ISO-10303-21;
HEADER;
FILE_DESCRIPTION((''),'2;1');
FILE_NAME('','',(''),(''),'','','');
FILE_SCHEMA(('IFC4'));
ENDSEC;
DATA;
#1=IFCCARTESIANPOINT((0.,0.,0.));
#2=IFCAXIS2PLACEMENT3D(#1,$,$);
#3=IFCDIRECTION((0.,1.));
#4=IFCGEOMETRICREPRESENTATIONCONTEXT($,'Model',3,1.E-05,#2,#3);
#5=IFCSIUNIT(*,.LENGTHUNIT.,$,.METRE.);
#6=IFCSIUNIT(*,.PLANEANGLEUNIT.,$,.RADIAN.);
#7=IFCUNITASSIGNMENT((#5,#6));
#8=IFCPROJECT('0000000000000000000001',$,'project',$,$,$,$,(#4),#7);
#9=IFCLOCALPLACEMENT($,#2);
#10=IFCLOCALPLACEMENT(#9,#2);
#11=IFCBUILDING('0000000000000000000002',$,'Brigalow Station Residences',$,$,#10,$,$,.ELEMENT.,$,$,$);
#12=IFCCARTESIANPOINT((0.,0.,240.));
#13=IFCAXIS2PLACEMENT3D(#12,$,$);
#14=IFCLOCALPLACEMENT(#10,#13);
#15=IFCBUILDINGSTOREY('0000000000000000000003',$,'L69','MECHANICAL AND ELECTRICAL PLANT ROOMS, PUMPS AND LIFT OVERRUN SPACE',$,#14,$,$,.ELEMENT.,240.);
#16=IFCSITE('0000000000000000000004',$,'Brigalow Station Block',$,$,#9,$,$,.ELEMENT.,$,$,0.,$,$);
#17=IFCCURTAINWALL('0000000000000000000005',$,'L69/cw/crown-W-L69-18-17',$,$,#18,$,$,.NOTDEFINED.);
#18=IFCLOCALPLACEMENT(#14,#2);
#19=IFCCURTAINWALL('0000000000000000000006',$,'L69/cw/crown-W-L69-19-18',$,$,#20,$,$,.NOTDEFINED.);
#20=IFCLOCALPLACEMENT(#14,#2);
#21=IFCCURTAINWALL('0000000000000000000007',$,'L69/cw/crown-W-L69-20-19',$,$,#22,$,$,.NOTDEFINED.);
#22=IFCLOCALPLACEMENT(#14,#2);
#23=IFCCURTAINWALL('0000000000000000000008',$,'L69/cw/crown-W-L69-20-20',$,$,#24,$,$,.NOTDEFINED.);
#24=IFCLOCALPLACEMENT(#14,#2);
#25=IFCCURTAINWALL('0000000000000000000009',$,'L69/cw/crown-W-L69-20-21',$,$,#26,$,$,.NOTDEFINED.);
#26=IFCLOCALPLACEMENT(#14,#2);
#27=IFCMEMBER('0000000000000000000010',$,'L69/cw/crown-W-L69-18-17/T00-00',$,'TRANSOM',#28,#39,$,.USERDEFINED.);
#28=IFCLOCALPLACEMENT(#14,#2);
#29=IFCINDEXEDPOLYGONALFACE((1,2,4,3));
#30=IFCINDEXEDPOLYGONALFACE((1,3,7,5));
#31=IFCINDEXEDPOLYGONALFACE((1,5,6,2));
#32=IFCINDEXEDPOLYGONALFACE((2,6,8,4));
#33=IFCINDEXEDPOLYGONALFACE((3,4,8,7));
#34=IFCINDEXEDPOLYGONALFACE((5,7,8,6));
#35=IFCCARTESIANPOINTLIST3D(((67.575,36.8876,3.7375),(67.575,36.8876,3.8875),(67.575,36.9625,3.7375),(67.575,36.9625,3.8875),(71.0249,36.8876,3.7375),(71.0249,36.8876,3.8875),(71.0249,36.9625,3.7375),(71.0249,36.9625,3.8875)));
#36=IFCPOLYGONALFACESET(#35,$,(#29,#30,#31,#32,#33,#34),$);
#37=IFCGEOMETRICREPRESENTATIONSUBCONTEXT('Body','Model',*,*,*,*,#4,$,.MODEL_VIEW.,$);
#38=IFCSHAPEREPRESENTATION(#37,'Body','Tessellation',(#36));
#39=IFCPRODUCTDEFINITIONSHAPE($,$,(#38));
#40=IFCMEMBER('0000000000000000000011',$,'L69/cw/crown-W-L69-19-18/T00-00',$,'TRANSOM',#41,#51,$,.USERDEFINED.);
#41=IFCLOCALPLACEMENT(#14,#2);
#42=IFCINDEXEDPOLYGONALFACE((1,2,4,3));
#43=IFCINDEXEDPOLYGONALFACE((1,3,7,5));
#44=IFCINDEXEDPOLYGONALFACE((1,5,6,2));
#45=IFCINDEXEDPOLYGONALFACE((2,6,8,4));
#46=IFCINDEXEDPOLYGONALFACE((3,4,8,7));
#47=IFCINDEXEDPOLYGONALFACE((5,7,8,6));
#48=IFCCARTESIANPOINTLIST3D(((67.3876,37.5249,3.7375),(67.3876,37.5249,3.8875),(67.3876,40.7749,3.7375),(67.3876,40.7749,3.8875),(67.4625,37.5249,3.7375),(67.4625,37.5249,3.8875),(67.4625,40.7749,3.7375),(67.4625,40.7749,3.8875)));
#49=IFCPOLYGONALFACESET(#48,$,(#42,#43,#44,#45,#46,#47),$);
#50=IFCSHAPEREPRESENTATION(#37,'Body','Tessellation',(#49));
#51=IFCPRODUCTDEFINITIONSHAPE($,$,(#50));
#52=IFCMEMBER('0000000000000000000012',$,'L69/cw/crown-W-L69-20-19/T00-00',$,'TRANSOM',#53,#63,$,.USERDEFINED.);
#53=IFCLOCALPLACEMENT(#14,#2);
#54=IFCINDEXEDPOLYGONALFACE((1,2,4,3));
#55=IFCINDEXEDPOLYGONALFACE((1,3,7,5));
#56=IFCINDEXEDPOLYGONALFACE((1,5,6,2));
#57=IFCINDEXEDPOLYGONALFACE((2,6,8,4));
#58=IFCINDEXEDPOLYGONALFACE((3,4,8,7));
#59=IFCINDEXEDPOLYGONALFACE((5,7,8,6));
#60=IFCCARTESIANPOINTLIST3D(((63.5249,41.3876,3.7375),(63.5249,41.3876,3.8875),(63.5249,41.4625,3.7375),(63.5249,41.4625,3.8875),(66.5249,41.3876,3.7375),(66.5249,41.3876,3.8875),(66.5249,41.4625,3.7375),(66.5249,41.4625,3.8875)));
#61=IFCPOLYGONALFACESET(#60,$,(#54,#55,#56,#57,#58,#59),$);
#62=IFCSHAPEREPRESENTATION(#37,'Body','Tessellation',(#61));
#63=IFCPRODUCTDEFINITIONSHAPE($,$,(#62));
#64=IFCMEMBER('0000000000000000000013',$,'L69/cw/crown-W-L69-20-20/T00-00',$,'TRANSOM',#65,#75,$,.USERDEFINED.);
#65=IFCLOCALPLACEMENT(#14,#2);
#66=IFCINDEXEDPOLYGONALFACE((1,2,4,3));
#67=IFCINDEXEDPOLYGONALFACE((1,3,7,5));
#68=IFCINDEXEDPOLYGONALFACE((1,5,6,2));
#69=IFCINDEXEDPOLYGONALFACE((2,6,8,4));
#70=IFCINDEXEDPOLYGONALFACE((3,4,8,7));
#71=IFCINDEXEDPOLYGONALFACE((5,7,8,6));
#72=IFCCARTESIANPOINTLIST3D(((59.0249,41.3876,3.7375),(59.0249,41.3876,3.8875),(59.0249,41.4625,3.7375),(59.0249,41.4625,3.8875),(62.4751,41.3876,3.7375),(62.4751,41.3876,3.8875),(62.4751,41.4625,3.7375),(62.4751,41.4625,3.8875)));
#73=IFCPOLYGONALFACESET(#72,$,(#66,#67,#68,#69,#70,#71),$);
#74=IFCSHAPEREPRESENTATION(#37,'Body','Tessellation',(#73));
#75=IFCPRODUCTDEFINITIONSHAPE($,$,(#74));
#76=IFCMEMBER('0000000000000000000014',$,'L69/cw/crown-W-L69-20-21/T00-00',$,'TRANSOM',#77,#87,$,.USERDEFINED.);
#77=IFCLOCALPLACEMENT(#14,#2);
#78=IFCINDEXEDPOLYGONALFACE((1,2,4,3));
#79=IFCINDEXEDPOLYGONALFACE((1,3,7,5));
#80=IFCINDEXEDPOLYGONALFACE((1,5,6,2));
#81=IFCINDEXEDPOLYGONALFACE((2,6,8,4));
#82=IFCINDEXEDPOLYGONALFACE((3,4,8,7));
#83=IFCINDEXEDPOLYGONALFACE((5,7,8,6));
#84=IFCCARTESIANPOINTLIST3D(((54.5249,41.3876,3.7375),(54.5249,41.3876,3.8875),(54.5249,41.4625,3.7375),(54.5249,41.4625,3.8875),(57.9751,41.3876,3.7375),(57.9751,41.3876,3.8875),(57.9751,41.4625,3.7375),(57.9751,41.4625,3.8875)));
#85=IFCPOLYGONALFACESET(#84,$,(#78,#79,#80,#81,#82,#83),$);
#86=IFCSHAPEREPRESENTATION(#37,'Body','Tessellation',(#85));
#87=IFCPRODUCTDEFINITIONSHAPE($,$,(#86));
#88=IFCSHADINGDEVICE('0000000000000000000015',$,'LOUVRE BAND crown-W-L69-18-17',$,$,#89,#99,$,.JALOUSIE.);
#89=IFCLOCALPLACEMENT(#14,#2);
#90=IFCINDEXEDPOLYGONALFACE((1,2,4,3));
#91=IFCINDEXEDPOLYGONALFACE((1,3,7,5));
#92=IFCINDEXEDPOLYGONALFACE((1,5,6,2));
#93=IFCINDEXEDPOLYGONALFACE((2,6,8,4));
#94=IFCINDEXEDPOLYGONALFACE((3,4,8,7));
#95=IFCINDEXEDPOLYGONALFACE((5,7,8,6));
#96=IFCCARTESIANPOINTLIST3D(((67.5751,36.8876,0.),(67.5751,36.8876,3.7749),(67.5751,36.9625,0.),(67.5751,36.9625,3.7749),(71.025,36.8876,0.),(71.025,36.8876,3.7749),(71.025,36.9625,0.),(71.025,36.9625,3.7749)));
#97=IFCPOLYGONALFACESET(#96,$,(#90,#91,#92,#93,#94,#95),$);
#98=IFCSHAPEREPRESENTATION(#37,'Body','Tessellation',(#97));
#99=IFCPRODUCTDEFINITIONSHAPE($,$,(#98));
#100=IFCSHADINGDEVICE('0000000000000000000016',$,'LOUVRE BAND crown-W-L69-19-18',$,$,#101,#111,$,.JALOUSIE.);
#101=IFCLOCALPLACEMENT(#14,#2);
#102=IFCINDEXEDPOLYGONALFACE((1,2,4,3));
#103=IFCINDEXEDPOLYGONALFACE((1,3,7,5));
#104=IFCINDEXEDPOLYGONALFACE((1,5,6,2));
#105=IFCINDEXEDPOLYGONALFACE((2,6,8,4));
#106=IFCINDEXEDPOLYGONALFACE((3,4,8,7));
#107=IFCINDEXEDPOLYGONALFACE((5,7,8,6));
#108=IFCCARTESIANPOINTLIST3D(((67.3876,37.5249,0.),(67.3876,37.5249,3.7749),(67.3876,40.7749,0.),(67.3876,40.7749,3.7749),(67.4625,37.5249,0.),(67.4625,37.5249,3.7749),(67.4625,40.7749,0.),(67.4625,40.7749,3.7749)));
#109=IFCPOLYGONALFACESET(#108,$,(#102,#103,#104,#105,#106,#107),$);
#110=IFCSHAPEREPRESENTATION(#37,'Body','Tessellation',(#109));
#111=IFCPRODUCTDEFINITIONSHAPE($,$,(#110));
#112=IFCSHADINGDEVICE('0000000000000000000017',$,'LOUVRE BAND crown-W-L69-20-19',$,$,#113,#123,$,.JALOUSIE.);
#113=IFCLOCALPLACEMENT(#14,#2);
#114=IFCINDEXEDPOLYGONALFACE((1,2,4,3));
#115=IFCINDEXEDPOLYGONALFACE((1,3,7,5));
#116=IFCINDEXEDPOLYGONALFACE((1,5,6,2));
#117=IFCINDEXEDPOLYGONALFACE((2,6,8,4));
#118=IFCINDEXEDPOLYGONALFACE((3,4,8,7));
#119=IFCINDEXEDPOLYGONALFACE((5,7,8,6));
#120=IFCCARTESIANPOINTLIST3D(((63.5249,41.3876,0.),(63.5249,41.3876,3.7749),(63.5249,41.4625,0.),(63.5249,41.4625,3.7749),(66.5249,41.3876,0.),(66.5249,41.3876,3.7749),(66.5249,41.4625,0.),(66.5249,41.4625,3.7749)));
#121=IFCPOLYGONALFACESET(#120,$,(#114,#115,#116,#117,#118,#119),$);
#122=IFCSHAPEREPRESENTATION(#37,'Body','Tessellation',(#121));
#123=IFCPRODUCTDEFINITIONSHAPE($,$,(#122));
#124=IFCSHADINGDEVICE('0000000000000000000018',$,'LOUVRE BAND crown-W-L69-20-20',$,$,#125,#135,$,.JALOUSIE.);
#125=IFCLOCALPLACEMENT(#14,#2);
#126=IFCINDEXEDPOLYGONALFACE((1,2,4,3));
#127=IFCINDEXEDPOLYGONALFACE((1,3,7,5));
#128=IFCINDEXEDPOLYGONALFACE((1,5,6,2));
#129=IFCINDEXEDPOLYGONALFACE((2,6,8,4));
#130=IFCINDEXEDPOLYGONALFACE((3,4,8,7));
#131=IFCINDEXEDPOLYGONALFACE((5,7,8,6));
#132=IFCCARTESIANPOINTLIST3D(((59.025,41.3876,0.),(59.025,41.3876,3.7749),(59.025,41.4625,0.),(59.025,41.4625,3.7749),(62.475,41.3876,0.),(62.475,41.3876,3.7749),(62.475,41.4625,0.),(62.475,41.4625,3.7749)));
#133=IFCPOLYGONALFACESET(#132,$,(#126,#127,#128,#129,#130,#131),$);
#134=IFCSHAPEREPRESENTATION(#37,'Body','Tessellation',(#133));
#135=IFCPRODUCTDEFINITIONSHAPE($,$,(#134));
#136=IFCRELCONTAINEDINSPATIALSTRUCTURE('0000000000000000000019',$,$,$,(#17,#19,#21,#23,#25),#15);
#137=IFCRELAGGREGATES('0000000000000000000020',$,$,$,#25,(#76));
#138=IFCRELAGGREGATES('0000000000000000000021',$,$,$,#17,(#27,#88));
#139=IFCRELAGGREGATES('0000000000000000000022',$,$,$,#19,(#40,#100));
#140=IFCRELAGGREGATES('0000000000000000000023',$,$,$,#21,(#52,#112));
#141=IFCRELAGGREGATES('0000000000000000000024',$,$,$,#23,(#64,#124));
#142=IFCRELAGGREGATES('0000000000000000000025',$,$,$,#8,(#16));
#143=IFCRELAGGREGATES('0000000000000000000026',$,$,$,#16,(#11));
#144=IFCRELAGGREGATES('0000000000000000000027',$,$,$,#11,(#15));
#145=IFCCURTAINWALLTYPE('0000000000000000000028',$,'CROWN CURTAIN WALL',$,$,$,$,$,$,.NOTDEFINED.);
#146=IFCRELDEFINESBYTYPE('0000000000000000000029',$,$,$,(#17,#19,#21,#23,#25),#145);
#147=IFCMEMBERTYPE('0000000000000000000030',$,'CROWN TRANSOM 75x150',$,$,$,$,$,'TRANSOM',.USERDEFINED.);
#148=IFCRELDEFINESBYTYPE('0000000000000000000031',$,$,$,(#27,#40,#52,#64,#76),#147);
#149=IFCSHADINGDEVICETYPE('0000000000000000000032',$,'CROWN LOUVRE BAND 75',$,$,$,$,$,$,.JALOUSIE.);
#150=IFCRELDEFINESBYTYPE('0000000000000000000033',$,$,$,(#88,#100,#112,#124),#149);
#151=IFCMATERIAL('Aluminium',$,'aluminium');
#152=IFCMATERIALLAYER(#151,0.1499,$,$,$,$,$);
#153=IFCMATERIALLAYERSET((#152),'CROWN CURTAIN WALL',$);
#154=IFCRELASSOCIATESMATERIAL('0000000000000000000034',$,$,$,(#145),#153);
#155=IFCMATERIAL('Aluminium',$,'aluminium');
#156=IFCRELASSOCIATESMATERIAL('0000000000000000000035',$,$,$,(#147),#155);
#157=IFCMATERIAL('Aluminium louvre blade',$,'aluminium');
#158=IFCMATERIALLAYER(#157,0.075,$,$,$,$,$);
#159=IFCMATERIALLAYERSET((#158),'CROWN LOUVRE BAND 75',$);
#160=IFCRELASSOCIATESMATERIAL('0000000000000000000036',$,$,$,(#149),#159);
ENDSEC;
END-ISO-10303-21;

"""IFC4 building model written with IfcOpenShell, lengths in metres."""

from ifc_helpers import new_model, si_unit, direction, frame, origin, origin_2d, place, context, subcontext, project, spatial, rectangle, extrude, material, layer, layer_set, material_profile, profile_set, type_object, element, aggregate, save


model = new_model("IFC4")

# Units and contexts
model_context = context("Model", 3, precision=1e-05, world=origin(), true_north=direction((0.0, 1.0)))
body_context = subcontext(model_context, "Body", "Model", "MODEL_VIEW")
ifc_project = project(units=[si_unit("LENGTHUNIT", "METRE"), si_unit("PLANEANGLEUNIT", "RADIAN")], contexts=[model_context])

# Site, building, storey
site_placement = place(None, origin())
site = spatial("IfcSite", under=ifc_project, at=site_placement, Name="Brigalow Station Block", CompositionType="ELEMENT", RefElevation=0.0)
building_placement = place(site_placement, origin())
building = spatial("IfcBuilding", under=site, at=building_placement, Name="Brigalow Station Residences", CompositionType="ELEMENT")
storey_placement = place(building_placement, frame((0.0, 0.0, 240.0)))
storey = spatial("IfcBuildingStorey", under=building, at=storey_placement, Name="L69", Description="MECHANICAL AND ELECTRICAL PLANT ROOMS, PUMPS AND LIFT OVERRUN SPACE", CompositionType="ELEMENT", Elevation=240.0)

# Shared definitions
ifc_material_1 = material(Name="Aluminium", Category="aluminium")
ifc_layer_1 = layer(ifc_material_1, 0.1499)
ifc_layer_set_1 = layer_set([ifc_layer_1], Name="CROWN CURTAIN WALL")
curtain_wall_type = type_object("IfcCurtainWallType", Name="CROWN CURTAIN WALL", PredefinedType="NOTDEFINED", material=ifc_layer_set_1)

# Curtain walls
curtain_wall_1_placement = place(storey_placement, origin())
curtain_wall_1 = element("IfcCurtainWall", 1, at=curtain_wall_1_placement, inside=storey, type_object=curtain_wall_type, Name="L69/cw/crown-W-L69-18-17", PredefinedType="NOTDEFINED")
curtain_wall_2_placement = place(storey_placement, origin())
curtain_wall_2 = element("IfcCurtainWall", 2, at=curtain_wall_2_placement, inside=storey, type_object=curtain_wall_type, Name="L69/cw/crown-W-L69-19-18", PredefinedType="NOTDEFINED")
curtain_wall_3_placement = place(storey_placement, origin())
curtain_wall_3 = element("IfcCurtainWall", 3, at=curtain_wall_3_placement, inside=storey, type_object=curtain_wall_type, Name="L69/cw/crown-W-L69-20-19", PredefinedType="NOTDEFINED")
curtain_wall_4_placement = place(storey_placement, origin())
curtain_wall_4 = element("IfcCurtainWall", 4, at=curtain_wall_4_placement, inside=storey, type_object=curtain_wall_type, Name="L69/cw/crown-W-L69-20-20", PredefinedType="NOTDEFINED")

# Curtain wall
curtain_wall_5_placement = place(storey_placement, origin())
curtain_wall_5 = element("IfcCurtainWall", 5, at=curtain_wall_5_placement, inside=storey, type_object=curtain_wall_type, Name="L69/cw/crown-W-L69-20-21", PredefinedType="NOTDEFINED")

# Members
ifc_material_2 = material(Name="Aluminium", Category="aluminium")
ifc_material_profile_1 = material_profile(ifc_material_2, rectangle(XDim=0.075, YDim=0.1499, at=origin_2d()), Name="CROWN TRANSOM 75x150")
ifc_profile_set_1 = profile_set([ifc_material_profile_1], Name="Aluminium")
member_type_1 = type_object("IfcMemberType", Name="CROWN TRANSOM 75x150", ElementType="TRANSOM", PredefinedType="USERDEFINED", material=ifc_profile_set_1)
member_1_placement = place(storey_placement, frame((71.0249, 36.925, 3.8125), z_axis=(-1.0, 0.0, 0.0), x_axis=(0.0, -1.0, 0.0)))
member_1 = element("IfcMember", 6, at=member_1_placement, type_object=member_type_1, Name="L69/cw/crown-W-L69-18-17/T00-00", ObjectType="TRANSOM", PredefinedType="USERDEFINED", context=body_context, shape_type="SweptSolid", body=[
    extrude(rectangle(XDim=0.075, YDim=0.1499, at=origin_2d()), origin(), (0.0, 0.0, 1.0), 3.45),
])
member_2_placement = place(storey_placement, frame((67.425, 37.5249, 3.8125), z_axis=(0.0, 1.0, 0.0), x_axis=(-1.0, 0.0, 0.0)))
member_2 = element("IfcMember", 7, at=member_2_placement, type_object=member_type_1, Name="L69/cw/crown-W-L69-19-18/T00-00", ObjectType="TRANSOM", PredefinedType="USERDEFINED", context=body_context, shape_type="SweptSolid", body=[
    extrude(rectangle(XDim=0.075, YDim=0.1499, at=origin_2d()), origin(), (0.0, 0.0, 1.0), 3.25),
])
member_3_placement = place(storey_placement, frame((66.5249, 41.425, 3.8125), z_axis=(-1.0, 0.0, 0.0), x_axis=(0.0, -1.0, 0.0)))
member_3 = element("IfcMember", 8, at=member_3_placement, type_object=member_type_1, Name="L69/cw/crown-W-L69-20-19/T00-00", ObjectType="TRANSOM", PredefinedType="USERDEFINED", context=body_context, shape_type="SweptSolid", body=[
    extrude(rectangle(XDim=0.075, YDim=0.1499, at=origin_2d()), origin(), (0.0, 0.0, 1.0), 3.0),
])
member_4_placement = place(storey_placement, frame((62.4751, 41.425, 3.8125), z_axis=(-1.0, 0.0, 0.0), x_axis=(0.0, -1.0, 0.0)))
member_4 = element("IfcMember", 9, at=member_4_placement, type_object=member_type_1, Name="L69/cw/crown-W-L69-20-20/T00-00", ObjectType="TRANSOM", PredefinedType="USERDEFINED", context=body_context, shape_type="SweptSolid", body=[
    extrude(rectangle(XDim=0.075, YDim=0.1499, at=origin_2d()), origin(), (0.0, 0.0, 1.0), 3.4502),
])
member_5_placement = place(storey_placement, frame((57.9751, 41.425, 3.8125), z_axis=(-1.0, 0.0, 0.0), x_axis=(0.0, -1.0, 0.0)))
member_5 = element("IfcMember", 10, at=member_5_placement, type_object=member_type_1, Name="L69/cw/crown-W-L69-20-21/T00-00", ObjectType="TRANSOM", PredefinedType="USERDEFINED", context=body_context, shape_type="SweptSolid", body=[
    extrude(rectangle(XDim=0.075, YDim=0.1499, at=origin_2d()), origin(), (0.0, 0.0, 1.0), 3.4502),
])
aggregate(curtain_wall_5, [member_5])

# Shading devices
ifc_material_3 = material(Name="Aluminium louvre blade", Category="aluminium")
ifc_layer_2 = layer(ifc_material_3, 0.075)
ifc_layer_set_2 = layer_set([ifc_layer_2], Name="CROWN LOUVRE BAND 75")
shading_device_type = type_object("IfcShadingDeviceType", Name="CROWN LOUVRE BAND 75", PredefinedType="JALOUSIE", material=ifc_layer_set_2)
shading_device_1_placement = place(storey_placement, frame((69.3, 36.925, 0.0), z_axis=(0.0, 0.0, 1.0), x_axis=(-1.0, 0.0, 0.0)))
shading_device_1 = element("IfcShadingDevice", 11, at=shading_device_1_placement, type_object=shading_device_type, Name="LOUVRE BAND crown-W-L69-18-17", PredefinedType="JALOUSIE", context=body_context, shape_type="SweptSolid", body=[
    extrude(rectangle(XDim=3.45, YDim=0.075, at=origin_2d()), origin(), (0.0, 0.0, 1.0), 3.7749),
])
aggregate(curtain_wall_1, [member_1, shading_device_1])
shading_device_2_placement = place(storey_placement, frame((67.425, 39.1499, 0.0), z_axis=(0.0, 0.0, 1.0), x_axis=(0.0, 1.0, 0.0)))
shading_device_2 = element("IfcShadingDevice", 12, at=shading_device_2_placement, type_object=shading_device_type, Name="LOUVRE BAND crown-W-L69-19-18", PredefinedType="JALOUSIE", context=body_context, shape_type="SweptSolid", body=[
    extrude(rectangle(XDim=3.25, YDim=0.075, at=origin_2d()), origin(), (0.0, 0.0, 1.0), 3.7749),
])
aggregate(curtain_wall_2, [member_2, shading_device_2])
shading_device_3_placement = place(storey_placement, frame((65.0249, 41.425, 0.0), z_axis=(0.0, 0.0, 1.0), x_axis=(-1.0, 0.0, 0.0)))
shading_device_3 = element("IfcShadingDevice", 13, at=shading_device_3_placement, type_object=shading_device_type, Name="LOUVRE BAND crown-W-L69-20-19", PredefinedType="JALOUSIE", context=body_context, shape_type="SweptSolid", body=[
    extrude(rectangle(XDim=3.0, YDim=0.075, at=origin_2d()), origin(), (0.0, 0.0, 1.0), 3.7749),
])
aggregate(curtain_wall_3, [member_3, shading_device_3])
shading_device_4_placement = place(storey_placement, frame((60.75, 41.425, 0.0), z_axis=(0.0, 0.0, 1.0), x_axis=(-1.0, 0.0, 0.0)))
shading_device_4 = element("IfcShadingDevice", 14, at=shading_device_4_placement, type_object=shading_device_type, Name="LOUVRE BAND crown-W-L69-20-20", PredefinedType="JALOUSIE", context=body_context, shape_type="SweptSolid", body=[
    extrude(rectangle(XDim=3.45, YDim=0.075, at=origin_2d()), origin(), (0.0, 0.0, 1.0), 3.7749),
])
aggregate(curtain_wall_4, [member_4, shading_device_4])

save(model, "model.ifc")
